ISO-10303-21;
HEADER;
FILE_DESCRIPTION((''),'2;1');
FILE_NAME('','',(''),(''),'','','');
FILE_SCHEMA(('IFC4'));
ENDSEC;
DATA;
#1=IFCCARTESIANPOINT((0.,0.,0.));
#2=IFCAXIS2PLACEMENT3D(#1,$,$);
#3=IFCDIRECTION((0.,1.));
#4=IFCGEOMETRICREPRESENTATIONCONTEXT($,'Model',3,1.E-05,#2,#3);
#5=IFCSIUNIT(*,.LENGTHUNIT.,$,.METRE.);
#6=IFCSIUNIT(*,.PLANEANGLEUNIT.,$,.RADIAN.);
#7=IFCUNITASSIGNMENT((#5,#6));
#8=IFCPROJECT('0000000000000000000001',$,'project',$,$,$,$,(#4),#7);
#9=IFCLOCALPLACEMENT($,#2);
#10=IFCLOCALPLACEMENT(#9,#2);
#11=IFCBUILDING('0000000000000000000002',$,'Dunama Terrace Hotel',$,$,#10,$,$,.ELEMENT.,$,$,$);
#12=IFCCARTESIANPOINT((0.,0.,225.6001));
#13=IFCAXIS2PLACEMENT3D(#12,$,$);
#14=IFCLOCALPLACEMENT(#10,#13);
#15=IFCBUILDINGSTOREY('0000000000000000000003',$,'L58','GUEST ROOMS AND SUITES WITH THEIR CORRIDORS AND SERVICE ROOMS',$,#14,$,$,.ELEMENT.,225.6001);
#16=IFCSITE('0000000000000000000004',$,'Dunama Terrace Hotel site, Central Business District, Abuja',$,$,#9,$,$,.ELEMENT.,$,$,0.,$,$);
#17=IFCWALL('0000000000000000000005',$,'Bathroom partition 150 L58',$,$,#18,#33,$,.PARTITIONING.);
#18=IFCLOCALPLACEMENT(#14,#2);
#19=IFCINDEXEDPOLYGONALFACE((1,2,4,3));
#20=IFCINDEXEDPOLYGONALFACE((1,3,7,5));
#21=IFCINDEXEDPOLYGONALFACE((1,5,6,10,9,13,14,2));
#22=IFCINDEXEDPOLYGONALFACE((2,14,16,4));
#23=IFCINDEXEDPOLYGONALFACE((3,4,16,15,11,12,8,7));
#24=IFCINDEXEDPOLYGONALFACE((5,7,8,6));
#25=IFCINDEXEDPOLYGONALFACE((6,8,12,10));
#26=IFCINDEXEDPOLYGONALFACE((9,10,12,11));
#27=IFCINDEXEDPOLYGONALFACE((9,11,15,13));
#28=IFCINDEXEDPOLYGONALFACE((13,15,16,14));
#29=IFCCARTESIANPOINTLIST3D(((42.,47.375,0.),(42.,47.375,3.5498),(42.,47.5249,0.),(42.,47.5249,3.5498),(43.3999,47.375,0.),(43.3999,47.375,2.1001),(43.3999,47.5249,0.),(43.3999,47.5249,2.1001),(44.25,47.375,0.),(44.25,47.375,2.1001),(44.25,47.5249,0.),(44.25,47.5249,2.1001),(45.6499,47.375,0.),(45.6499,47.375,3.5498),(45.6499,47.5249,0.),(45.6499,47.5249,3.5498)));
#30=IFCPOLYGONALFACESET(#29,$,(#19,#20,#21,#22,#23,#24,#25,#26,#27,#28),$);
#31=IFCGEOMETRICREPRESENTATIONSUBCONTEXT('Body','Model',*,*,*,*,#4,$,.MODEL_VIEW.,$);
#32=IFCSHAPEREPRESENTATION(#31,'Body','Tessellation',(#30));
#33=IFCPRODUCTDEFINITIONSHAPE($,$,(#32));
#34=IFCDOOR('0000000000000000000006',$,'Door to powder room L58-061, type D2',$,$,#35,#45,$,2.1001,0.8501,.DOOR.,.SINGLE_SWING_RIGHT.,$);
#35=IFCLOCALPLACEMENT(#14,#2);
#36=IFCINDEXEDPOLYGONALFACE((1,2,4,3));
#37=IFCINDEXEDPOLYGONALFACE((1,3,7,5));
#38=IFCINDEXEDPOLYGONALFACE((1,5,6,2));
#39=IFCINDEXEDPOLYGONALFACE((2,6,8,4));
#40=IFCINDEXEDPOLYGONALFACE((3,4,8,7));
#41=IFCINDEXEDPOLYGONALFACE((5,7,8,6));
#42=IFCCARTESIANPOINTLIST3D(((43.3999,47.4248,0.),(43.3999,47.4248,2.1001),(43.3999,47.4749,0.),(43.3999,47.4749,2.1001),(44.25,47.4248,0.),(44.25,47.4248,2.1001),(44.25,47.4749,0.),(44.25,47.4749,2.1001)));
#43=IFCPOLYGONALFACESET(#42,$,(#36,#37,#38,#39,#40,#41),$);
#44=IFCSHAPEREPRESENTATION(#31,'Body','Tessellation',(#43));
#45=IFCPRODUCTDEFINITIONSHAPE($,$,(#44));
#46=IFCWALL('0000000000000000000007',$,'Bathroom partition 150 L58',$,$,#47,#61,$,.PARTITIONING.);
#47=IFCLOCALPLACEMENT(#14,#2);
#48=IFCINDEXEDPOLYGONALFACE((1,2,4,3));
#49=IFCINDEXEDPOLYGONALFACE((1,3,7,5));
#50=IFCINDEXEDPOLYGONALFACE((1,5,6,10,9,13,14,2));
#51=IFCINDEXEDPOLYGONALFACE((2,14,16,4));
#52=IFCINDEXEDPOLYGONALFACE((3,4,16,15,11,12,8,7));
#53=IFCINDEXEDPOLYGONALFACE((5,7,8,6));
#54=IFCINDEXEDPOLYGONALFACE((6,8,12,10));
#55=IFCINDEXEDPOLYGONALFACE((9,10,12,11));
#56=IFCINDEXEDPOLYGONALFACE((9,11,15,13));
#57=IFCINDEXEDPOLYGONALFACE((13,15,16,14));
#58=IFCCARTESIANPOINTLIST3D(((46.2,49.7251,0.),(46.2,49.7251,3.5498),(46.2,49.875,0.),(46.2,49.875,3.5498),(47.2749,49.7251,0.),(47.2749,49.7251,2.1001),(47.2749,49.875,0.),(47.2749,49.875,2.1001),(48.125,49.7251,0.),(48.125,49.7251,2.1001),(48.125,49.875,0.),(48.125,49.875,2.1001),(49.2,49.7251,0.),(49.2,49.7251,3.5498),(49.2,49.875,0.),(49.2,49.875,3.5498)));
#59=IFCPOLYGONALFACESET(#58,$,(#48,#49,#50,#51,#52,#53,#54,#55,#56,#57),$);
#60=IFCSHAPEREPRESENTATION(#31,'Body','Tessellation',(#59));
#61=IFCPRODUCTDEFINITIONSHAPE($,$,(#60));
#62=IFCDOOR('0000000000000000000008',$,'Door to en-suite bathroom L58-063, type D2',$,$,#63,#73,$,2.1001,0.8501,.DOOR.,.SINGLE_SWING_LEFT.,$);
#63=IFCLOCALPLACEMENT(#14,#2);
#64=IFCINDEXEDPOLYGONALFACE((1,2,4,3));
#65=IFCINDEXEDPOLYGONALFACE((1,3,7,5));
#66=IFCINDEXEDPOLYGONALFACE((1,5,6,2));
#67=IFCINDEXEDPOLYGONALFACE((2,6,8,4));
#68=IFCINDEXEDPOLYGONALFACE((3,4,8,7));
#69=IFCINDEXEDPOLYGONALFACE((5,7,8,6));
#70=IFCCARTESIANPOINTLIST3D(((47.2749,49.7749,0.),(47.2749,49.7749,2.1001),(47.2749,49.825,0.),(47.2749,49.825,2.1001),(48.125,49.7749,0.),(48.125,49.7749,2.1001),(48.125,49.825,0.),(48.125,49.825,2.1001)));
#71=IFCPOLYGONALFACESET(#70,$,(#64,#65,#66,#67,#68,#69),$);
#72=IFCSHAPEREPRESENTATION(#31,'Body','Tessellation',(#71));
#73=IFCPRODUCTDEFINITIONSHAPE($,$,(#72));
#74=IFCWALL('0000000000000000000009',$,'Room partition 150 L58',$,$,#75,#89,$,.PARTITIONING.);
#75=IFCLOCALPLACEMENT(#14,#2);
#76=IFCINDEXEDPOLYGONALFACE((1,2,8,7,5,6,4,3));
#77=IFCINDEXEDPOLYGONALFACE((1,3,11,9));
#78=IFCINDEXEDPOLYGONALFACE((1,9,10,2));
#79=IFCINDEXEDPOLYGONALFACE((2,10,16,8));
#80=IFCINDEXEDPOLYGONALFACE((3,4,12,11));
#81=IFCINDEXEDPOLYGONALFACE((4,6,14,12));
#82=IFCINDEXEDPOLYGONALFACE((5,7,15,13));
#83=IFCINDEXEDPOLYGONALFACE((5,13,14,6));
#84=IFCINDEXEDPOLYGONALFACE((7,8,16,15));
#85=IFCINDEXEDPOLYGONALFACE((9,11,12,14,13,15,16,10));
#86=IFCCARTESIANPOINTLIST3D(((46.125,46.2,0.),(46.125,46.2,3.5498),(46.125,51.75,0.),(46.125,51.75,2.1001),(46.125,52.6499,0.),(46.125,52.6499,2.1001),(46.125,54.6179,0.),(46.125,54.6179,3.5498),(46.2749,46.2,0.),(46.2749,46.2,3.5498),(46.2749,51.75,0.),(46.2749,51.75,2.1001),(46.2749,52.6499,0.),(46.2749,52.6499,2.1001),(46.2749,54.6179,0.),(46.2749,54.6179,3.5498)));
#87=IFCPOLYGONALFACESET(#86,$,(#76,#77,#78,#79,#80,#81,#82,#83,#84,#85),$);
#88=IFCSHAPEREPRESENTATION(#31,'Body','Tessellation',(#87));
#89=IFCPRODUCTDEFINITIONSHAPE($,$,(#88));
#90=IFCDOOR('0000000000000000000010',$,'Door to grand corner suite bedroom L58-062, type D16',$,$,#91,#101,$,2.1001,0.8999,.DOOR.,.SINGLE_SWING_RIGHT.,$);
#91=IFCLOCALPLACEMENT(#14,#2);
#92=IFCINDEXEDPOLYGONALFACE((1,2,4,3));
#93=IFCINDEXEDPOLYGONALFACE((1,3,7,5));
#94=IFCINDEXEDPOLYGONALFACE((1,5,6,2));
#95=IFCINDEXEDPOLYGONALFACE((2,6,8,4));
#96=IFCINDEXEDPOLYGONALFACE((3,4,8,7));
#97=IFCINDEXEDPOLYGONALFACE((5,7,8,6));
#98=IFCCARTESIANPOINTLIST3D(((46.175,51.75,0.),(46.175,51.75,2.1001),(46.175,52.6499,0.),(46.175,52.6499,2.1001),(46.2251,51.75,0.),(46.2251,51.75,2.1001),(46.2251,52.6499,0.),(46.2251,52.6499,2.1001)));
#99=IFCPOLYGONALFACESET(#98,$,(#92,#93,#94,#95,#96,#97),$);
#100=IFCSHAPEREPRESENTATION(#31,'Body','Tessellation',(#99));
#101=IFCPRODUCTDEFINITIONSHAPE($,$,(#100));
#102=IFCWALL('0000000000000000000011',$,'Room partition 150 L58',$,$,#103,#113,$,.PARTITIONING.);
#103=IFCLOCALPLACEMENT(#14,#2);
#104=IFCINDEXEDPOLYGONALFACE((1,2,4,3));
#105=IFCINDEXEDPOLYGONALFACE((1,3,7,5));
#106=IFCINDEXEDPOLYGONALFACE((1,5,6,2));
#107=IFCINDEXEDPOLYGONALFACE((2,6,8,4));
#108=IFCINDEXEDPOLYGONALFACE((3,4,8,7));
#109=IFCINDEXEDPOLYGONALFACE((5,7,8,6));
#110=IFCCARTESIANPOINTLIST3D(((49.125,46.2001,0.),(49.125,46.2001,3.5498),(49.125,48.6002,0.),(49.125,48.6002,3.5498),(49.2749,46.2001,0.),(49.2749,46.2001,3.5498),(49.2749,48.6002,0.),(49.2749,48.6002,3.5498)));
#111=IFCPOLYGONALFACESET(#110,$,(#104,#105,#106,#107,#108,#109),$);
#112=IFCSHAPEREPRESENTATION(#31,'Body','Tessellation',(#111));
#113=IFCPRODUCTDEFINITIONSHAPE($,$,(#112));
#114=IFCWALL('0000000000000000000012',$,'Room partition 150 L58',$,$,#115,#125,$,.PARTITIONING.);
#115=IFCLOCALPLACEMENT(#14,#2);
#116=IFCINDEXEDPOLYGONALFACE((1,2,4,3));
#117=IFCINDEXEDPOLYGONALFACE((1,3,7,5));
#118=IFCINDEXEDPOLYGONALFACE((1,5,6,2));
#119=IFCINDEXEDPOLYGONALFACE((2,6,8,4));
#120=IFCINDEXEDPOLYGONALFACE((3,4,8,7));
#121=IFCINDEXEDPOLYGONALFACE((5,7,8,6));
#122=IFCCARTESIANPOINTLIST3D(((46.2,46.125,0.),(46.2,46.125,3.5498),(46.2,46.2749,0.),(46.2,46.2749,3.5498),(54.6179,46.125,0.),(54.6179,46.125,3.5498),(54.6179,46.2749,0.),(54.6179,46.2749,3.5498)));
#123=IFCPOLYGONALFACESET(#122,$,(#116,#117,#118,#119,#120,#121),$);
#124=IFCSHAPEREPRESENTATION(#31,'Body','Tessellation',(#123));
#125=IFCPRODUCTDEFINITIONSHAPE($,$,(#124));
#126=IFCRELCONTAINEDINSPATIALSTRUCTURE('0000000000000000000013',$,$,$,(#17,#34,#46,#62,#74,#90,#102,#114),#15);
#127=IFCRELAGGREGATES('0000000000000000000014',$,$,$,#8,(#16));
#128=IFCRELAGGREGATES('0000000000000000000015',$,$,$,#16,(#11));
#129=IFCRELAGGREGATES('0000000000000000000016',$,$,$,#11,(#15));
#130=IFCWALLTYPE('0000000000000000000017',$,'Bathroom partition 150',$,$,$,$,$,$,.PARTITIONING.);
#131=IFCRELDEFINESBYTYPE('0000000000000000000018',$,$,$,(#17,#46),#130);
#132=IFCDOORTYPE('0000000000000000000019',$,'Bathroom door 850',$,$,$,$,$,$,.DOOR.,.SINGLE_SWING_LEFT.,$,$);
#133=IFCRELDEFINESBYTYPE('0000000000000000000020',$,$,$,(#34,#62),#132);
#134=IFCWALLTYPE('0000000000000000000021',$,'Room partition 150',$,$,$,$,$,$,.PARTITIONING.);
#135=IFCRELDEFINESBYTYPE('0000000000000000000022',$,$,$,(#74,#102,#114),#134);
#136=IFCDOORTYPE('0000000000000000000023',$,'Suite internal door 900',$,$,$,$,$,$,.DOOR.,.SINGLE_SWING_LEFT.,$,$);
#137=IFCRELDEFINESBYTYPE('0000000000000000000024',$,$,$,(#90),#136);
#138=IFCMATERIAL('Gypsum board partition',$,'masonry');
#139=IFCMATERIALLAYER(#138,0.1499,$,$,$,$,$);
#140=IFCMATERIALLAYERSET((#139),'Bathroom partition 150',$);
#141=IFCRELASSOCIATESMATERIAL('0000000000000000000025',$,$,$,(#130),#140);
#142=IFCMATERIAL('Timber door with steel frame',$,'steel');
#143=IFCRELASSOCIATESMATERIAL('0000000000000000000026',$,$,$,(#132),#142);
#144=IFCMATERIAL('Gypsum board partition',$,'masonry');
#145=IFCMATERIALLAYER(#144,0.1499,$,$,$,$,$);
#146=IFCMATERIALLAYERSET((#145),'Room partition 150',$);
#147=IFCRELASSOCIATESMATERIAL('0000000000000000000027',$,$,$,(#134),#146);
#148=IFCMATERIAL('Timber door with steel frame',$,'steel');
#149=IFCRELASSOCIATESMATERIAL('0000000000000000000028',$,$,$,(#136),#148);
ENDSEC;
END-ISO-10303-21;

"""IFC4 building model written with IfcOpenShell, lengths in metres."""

from ifc_helpers import new_model, si_unit, direction, frame, frame_2d, origin, place, context, subcontext, project, spatial, rectangle, extrude, material, layer, layer_set, type_object, element, fill, save


model = new_model("IFC4")

# Units and contexts
model_context = context("Model", 3, precision=1e-05, world=origin(), true_north=direction((0.0, 1.0)))
body_context = subcontext(model_context, "Body", "Model", "MODEL_VIEW")
ifc_project = project(units=[si_unit("LENGTHUNIT", "METRE"), si_unit("PLANEANGLEUNIT", "RADIAN")], contexts=[model_context])

# Site, building, storey
site_placement = place(None, origin())
site = spatial("IfcSite", under=ifc_project, at=site_placement, Name="Dunama Terrace Hotel site, Central Business District, Abuja", CompositionType="ELEMENT", RefElevation=0.0)
building_placement = place(site_placement, origin())
building = spatial("IfcBuilding", under=site, at=building_placement, Name="Dunama Terrace Hotel", CompositionType="ELEMENT")
storey_placement = place(building_placement, frame((0.0, 0.0, 225.6001)))
storey = spatial("IfcBuildingStorey", under=building, at=storey_placement, Name="L58", Description="GUEST ROOMS AND SUITES WITH THEIR CORRIDORS AND SERVICE ROOMS", CompositionType="ELEMENT", Elevation=225.6001)

# Shared definitions
ifc_material_1 = material(Name="Gypsum board partition", Category="masonry")
ifc_layer_1 = layer(ifc_material_1, 0.1499)
ifc_layer_set_1 = layer_set([ifc_layer_1], Name="Bathroom partition 150")
wall_type_1 = type_object("IfcWallType", Name="Bathroom partition 150", PredefinedType="PARTITIONING", material=ifc_layer_set_1)

# Walls, openings, doors
wall_1_placement = place(storey_placement, frame((42.0, 47.45, 0.0), z_axis=(0.0, 0.0, 1.0), x_axis=(1.0, 0.0, 0.0)))
wall_1 = element("IfcWall", 1, at=wall_1_placement, inside=storey, type_object=wall_type_1, Name="Bathroom partition 150 L58", PredefinedType="PARTITIONING", context=body_context, shape_type="SweptSolid", body=[
    extrude(rectangle(XDim=3.6499, YDim=0.1499, at=frame_2d((1.825, 0.0))), origin(), (0.0, 0.0, 1.0), 3.5498),
])
opening_1_placement = place(wall_1_placement, frame((1.3999, 0.0, 0.0)))
opening_1 = element("IfcOpeningElement", 2, at=opening_1_placement, cuts=wall_1, PredefinedType="OPENING", context=body_context, shape_type="SweptSolid", body=[
    extrude(rectangle(XDim=0.8501, YDim=2.1001, at=frame_2d((0.425, 1.05))), frame((0.0, 0.085, 0.0), z_axis=(0.0, -1.0, 0.0), x_axis=(1.0, 0.0, 0.0)), (0.0, 0.0, 1.0), 0.1699),
])
ifc_material_2 = material(Name="Timber door with steel frame", Category="steel")
door_type_1 = type_object("IfcDoorType", Name="Bathroom door 850", OperationType="SINGLE_SWING_LEFT", PredefinedType="DOOR", material=ifc_material_2)
door_1_placement = place(opening_1_placement, frame((0.8501, 0.0, 0.0), z_axis=(0.0, 0.0, 1.0), x_axis=(-1.0, 0.0, 0.0)))
door_1 = element("IfcDoor", 3, at=door_1_placement, inside=storey, type_object=door_type_1, Name="Door to powder room L58-061, type D2", OperationType="SINGLE_SWING_RIGHT", OverallHeight=2.1001, OverallWidth=0.8501, PredefinedType="DOOR", context=body_context, shape_type="SweptSolid", body=[
    extrude(rectangle(XDim=0.8501, YDim=2.1001, at=frame_2d((0.425, 1.05))), frame((0.0, 0.0251, 0.0), z_axis=(0.0, -1.0, 0.0), x_axis=(1.0, 0.0, 0.0)), (0.0, 0.0, 1.0), 0.05),
])
fill(opening_1, door_1)
wall_2_placement = place(storey_placement, frame((46.2, 49.8, 0.0), z_axis=(0.0, 0.0, 1.0), x_axis=(1.0, 0.0, 0.0)))
wall_2 = element("IfcWall", 4, at=wall_2_placement, inside=storey, type_object=wall_type_1, Name="Bathroom partition 150 L58", PredefinedType="PARTITIONING", context=body_context, shape_type="SweptSolid", body=[
    extrude(rectangle(XDim=3.0, YDim=0.1499, at=frame_2d((1.5, 0.0))), origin(), (0.0, 0.0, 1.0), 3.5498),
])
opening_2_placement = place(wall_2_placement, frame((1.075, 0.0, 0.0)))
opening_2 = element("IfcOpeningElement", 5, at=opening_2_placement, cuts=wall_2, PredefinedType="OPENING", context=body_context, shape_type="SweptSolid", body=[
    extrude(rectangle(XDim=0.8501, YDim=2.1001, at=frame_2d((0.425, 1.05))), frame((0.0, 0.085, 0.0), z_axis=(0.0, -1.0, 0.0), x_axis=(1.0, 0.0, 0.0)), (0.0, 0.0, 1.0), 0.1699),
])
door_2_placement = place(opening_2_placement, frame((0.8501, 0.0, 0.0), z_axis=(0.0, 0.0, 1.0), x_axis=(-1.0, 0.0, 0.0)))
door_2 = element("IfcDoor", 6, at=door_2_placement, inside=storey, type_object=door_type_1, Name="Door to en-suite bathroom L58-063, type D2", OperationType="SINGLE_SWING_LEFT", OverallHeight=2.1001, OverallWidth=0.8501, PredefinedType="DOOR", context=body_context, shape_type="SweptSolid", body=[
    extrude(rectangle(XDim=0.8501, YDim=2.1001, at=frame_2d((0.425, 1.05))), frame((0.0, 0.0251, 0.0), z_axis=(0.0, -1.0, 0.0), x_axis=(1.0, 0.0, 0.0)), (0.0, 0.0, 1.0), 0.05),
])
fill(opening_2, door_2)
ifc_material_3 = material(Name="Gypsum board partition", Category="masonry")
ifc_layer_2 = layer(ifc_material_3, 0.1499)
ifc_layer_set_2 = layer_set([ifc_layer_2], Name="Room partition 150")
wall_type_2 = type_object("IfcWallType", Name="Room partition 150", PredefinedType="PARTITIONING", material=ifc_layer_set_2)
wall_3_placement = place(storey_placement, frame((46.2, 46.2, 0.0), z_axis=(0.0, 0.0, 1.0), x_axis=(0.0, 1.0, 0.0)))
wall_3 = element("IfcWall", 7, at=wall_3_placement, inside=storey, type_object=wall_type_2, Name="Room partition 150 L58", PredefinedType="PARTITIONING", context=body_context, shape_type="SweptSolid", body=[
    extrude(rectangle(XDim=8.418, YDim=0.1499, at=frame_2d((4.209, 0.0))), origin(), (0.0, 0.0, 1.0), 3.5498),
])
opening_3_placement = place(wall_3_placement, frame((5.55, 0.0, 0.0)))
opening_3 = element("IfcOpeningElement", 8, at=opening_3_placement, cuts=wall_3, PredefinedType="OPENING", context=body_context, shape_type="SweptSolid", body=[
    extrude(rectangle(XDim=0.8999, YDim=2.1001, at=frame_2d((0.45, 1.05))), frame((0.0, 0.085, 0.0), z_axis=(0.0, -1.0, 0.0), x_axis=(1.0, 0.0, 0.0)), (0.0, 0.0, 1.0), 0.1699),
])
ifc_material_4 = material(Name="Timber door with steel frame", Category="steel")
door_type_2 = type_object("IfcDoorType", Name="Suite internal door 900", OperationType="SINGLE_SWING_LEFT", PredefinedType="DOOR", material=ifc_material_4)
door_3_placement = place(opening_3_placement, frame((0.8999, 0.0, 0.0), z_axis=(0.0, 0.0, 1.0), x_axis=(-1.0, 0.0, 0.0)))
door_3 = element("IfcDoor", 9, at=door_3_placement, inside=storey, type_object=door_type_2, Name="Door to grand corner suite bedroom L58-062, type D16", OperationType="SINGLE_SWING_RIGHT", OverallHeight=2.1001, OverallWidth=0.8999, PredefinedType="DOOR", context=body_context, shape_type="SweptSolid", body=[
    extrude(rectangle(XDim=0.8999, YDim=2.1001, at=frame_2d((0.45, 1.05))), frame((0.0, 0.0251, 0.0), z_axis=(0.0, -1.0, 0.0), x_axis=(1.0, 0.0, 0.0)), (0.0, 0.0, 1.0), 0.05),
])
fill(opening_3, door_3)

# Walls
wall_4_placement = place(storey_placement, frame((49.2, 46.2, 0.0), z_axis=(0.0, 0.0, 1.0), x_axis=(0.0, 1.0, 0.0)))
element("IfcWall", 10, at=wall_4_placement, inside=storey, type_object=wall_type_2, Name="Room partition 150 L58", PredefinedType="PARTITIONING", context=body_context, shape_type="SweptSolid", body=[
    extrude(rectangle(XDim=2.4001, YDim=0.1499, at=frame_2d((1.2002, 0.0))), origin(), (0.0, 0.0, 1.0), 3.5498),
])
wall_5_placement = place(storey_placement, frame((46.2, 46.2, 0.0), z_axis=(0.0, 0.0, 1.0), x_axis=(1.0, 0.0, 0.0)))
element("IfcWall", 11, at=wall_5_placement, inside=storey, type_object=wall_type_2, Name="Room partition 150 L58", PredefinedType="PARTITIONING", context=body_context, shape_type="SweptSolid", body=[
    extrude(rectangle(XDim=8.418, YDim=0.1499, at=frame_2d((4.209, 0.0))), origin(), (0.0, 0.0, 1.0), 3.5498),
])

save(model, "model.ifc")
